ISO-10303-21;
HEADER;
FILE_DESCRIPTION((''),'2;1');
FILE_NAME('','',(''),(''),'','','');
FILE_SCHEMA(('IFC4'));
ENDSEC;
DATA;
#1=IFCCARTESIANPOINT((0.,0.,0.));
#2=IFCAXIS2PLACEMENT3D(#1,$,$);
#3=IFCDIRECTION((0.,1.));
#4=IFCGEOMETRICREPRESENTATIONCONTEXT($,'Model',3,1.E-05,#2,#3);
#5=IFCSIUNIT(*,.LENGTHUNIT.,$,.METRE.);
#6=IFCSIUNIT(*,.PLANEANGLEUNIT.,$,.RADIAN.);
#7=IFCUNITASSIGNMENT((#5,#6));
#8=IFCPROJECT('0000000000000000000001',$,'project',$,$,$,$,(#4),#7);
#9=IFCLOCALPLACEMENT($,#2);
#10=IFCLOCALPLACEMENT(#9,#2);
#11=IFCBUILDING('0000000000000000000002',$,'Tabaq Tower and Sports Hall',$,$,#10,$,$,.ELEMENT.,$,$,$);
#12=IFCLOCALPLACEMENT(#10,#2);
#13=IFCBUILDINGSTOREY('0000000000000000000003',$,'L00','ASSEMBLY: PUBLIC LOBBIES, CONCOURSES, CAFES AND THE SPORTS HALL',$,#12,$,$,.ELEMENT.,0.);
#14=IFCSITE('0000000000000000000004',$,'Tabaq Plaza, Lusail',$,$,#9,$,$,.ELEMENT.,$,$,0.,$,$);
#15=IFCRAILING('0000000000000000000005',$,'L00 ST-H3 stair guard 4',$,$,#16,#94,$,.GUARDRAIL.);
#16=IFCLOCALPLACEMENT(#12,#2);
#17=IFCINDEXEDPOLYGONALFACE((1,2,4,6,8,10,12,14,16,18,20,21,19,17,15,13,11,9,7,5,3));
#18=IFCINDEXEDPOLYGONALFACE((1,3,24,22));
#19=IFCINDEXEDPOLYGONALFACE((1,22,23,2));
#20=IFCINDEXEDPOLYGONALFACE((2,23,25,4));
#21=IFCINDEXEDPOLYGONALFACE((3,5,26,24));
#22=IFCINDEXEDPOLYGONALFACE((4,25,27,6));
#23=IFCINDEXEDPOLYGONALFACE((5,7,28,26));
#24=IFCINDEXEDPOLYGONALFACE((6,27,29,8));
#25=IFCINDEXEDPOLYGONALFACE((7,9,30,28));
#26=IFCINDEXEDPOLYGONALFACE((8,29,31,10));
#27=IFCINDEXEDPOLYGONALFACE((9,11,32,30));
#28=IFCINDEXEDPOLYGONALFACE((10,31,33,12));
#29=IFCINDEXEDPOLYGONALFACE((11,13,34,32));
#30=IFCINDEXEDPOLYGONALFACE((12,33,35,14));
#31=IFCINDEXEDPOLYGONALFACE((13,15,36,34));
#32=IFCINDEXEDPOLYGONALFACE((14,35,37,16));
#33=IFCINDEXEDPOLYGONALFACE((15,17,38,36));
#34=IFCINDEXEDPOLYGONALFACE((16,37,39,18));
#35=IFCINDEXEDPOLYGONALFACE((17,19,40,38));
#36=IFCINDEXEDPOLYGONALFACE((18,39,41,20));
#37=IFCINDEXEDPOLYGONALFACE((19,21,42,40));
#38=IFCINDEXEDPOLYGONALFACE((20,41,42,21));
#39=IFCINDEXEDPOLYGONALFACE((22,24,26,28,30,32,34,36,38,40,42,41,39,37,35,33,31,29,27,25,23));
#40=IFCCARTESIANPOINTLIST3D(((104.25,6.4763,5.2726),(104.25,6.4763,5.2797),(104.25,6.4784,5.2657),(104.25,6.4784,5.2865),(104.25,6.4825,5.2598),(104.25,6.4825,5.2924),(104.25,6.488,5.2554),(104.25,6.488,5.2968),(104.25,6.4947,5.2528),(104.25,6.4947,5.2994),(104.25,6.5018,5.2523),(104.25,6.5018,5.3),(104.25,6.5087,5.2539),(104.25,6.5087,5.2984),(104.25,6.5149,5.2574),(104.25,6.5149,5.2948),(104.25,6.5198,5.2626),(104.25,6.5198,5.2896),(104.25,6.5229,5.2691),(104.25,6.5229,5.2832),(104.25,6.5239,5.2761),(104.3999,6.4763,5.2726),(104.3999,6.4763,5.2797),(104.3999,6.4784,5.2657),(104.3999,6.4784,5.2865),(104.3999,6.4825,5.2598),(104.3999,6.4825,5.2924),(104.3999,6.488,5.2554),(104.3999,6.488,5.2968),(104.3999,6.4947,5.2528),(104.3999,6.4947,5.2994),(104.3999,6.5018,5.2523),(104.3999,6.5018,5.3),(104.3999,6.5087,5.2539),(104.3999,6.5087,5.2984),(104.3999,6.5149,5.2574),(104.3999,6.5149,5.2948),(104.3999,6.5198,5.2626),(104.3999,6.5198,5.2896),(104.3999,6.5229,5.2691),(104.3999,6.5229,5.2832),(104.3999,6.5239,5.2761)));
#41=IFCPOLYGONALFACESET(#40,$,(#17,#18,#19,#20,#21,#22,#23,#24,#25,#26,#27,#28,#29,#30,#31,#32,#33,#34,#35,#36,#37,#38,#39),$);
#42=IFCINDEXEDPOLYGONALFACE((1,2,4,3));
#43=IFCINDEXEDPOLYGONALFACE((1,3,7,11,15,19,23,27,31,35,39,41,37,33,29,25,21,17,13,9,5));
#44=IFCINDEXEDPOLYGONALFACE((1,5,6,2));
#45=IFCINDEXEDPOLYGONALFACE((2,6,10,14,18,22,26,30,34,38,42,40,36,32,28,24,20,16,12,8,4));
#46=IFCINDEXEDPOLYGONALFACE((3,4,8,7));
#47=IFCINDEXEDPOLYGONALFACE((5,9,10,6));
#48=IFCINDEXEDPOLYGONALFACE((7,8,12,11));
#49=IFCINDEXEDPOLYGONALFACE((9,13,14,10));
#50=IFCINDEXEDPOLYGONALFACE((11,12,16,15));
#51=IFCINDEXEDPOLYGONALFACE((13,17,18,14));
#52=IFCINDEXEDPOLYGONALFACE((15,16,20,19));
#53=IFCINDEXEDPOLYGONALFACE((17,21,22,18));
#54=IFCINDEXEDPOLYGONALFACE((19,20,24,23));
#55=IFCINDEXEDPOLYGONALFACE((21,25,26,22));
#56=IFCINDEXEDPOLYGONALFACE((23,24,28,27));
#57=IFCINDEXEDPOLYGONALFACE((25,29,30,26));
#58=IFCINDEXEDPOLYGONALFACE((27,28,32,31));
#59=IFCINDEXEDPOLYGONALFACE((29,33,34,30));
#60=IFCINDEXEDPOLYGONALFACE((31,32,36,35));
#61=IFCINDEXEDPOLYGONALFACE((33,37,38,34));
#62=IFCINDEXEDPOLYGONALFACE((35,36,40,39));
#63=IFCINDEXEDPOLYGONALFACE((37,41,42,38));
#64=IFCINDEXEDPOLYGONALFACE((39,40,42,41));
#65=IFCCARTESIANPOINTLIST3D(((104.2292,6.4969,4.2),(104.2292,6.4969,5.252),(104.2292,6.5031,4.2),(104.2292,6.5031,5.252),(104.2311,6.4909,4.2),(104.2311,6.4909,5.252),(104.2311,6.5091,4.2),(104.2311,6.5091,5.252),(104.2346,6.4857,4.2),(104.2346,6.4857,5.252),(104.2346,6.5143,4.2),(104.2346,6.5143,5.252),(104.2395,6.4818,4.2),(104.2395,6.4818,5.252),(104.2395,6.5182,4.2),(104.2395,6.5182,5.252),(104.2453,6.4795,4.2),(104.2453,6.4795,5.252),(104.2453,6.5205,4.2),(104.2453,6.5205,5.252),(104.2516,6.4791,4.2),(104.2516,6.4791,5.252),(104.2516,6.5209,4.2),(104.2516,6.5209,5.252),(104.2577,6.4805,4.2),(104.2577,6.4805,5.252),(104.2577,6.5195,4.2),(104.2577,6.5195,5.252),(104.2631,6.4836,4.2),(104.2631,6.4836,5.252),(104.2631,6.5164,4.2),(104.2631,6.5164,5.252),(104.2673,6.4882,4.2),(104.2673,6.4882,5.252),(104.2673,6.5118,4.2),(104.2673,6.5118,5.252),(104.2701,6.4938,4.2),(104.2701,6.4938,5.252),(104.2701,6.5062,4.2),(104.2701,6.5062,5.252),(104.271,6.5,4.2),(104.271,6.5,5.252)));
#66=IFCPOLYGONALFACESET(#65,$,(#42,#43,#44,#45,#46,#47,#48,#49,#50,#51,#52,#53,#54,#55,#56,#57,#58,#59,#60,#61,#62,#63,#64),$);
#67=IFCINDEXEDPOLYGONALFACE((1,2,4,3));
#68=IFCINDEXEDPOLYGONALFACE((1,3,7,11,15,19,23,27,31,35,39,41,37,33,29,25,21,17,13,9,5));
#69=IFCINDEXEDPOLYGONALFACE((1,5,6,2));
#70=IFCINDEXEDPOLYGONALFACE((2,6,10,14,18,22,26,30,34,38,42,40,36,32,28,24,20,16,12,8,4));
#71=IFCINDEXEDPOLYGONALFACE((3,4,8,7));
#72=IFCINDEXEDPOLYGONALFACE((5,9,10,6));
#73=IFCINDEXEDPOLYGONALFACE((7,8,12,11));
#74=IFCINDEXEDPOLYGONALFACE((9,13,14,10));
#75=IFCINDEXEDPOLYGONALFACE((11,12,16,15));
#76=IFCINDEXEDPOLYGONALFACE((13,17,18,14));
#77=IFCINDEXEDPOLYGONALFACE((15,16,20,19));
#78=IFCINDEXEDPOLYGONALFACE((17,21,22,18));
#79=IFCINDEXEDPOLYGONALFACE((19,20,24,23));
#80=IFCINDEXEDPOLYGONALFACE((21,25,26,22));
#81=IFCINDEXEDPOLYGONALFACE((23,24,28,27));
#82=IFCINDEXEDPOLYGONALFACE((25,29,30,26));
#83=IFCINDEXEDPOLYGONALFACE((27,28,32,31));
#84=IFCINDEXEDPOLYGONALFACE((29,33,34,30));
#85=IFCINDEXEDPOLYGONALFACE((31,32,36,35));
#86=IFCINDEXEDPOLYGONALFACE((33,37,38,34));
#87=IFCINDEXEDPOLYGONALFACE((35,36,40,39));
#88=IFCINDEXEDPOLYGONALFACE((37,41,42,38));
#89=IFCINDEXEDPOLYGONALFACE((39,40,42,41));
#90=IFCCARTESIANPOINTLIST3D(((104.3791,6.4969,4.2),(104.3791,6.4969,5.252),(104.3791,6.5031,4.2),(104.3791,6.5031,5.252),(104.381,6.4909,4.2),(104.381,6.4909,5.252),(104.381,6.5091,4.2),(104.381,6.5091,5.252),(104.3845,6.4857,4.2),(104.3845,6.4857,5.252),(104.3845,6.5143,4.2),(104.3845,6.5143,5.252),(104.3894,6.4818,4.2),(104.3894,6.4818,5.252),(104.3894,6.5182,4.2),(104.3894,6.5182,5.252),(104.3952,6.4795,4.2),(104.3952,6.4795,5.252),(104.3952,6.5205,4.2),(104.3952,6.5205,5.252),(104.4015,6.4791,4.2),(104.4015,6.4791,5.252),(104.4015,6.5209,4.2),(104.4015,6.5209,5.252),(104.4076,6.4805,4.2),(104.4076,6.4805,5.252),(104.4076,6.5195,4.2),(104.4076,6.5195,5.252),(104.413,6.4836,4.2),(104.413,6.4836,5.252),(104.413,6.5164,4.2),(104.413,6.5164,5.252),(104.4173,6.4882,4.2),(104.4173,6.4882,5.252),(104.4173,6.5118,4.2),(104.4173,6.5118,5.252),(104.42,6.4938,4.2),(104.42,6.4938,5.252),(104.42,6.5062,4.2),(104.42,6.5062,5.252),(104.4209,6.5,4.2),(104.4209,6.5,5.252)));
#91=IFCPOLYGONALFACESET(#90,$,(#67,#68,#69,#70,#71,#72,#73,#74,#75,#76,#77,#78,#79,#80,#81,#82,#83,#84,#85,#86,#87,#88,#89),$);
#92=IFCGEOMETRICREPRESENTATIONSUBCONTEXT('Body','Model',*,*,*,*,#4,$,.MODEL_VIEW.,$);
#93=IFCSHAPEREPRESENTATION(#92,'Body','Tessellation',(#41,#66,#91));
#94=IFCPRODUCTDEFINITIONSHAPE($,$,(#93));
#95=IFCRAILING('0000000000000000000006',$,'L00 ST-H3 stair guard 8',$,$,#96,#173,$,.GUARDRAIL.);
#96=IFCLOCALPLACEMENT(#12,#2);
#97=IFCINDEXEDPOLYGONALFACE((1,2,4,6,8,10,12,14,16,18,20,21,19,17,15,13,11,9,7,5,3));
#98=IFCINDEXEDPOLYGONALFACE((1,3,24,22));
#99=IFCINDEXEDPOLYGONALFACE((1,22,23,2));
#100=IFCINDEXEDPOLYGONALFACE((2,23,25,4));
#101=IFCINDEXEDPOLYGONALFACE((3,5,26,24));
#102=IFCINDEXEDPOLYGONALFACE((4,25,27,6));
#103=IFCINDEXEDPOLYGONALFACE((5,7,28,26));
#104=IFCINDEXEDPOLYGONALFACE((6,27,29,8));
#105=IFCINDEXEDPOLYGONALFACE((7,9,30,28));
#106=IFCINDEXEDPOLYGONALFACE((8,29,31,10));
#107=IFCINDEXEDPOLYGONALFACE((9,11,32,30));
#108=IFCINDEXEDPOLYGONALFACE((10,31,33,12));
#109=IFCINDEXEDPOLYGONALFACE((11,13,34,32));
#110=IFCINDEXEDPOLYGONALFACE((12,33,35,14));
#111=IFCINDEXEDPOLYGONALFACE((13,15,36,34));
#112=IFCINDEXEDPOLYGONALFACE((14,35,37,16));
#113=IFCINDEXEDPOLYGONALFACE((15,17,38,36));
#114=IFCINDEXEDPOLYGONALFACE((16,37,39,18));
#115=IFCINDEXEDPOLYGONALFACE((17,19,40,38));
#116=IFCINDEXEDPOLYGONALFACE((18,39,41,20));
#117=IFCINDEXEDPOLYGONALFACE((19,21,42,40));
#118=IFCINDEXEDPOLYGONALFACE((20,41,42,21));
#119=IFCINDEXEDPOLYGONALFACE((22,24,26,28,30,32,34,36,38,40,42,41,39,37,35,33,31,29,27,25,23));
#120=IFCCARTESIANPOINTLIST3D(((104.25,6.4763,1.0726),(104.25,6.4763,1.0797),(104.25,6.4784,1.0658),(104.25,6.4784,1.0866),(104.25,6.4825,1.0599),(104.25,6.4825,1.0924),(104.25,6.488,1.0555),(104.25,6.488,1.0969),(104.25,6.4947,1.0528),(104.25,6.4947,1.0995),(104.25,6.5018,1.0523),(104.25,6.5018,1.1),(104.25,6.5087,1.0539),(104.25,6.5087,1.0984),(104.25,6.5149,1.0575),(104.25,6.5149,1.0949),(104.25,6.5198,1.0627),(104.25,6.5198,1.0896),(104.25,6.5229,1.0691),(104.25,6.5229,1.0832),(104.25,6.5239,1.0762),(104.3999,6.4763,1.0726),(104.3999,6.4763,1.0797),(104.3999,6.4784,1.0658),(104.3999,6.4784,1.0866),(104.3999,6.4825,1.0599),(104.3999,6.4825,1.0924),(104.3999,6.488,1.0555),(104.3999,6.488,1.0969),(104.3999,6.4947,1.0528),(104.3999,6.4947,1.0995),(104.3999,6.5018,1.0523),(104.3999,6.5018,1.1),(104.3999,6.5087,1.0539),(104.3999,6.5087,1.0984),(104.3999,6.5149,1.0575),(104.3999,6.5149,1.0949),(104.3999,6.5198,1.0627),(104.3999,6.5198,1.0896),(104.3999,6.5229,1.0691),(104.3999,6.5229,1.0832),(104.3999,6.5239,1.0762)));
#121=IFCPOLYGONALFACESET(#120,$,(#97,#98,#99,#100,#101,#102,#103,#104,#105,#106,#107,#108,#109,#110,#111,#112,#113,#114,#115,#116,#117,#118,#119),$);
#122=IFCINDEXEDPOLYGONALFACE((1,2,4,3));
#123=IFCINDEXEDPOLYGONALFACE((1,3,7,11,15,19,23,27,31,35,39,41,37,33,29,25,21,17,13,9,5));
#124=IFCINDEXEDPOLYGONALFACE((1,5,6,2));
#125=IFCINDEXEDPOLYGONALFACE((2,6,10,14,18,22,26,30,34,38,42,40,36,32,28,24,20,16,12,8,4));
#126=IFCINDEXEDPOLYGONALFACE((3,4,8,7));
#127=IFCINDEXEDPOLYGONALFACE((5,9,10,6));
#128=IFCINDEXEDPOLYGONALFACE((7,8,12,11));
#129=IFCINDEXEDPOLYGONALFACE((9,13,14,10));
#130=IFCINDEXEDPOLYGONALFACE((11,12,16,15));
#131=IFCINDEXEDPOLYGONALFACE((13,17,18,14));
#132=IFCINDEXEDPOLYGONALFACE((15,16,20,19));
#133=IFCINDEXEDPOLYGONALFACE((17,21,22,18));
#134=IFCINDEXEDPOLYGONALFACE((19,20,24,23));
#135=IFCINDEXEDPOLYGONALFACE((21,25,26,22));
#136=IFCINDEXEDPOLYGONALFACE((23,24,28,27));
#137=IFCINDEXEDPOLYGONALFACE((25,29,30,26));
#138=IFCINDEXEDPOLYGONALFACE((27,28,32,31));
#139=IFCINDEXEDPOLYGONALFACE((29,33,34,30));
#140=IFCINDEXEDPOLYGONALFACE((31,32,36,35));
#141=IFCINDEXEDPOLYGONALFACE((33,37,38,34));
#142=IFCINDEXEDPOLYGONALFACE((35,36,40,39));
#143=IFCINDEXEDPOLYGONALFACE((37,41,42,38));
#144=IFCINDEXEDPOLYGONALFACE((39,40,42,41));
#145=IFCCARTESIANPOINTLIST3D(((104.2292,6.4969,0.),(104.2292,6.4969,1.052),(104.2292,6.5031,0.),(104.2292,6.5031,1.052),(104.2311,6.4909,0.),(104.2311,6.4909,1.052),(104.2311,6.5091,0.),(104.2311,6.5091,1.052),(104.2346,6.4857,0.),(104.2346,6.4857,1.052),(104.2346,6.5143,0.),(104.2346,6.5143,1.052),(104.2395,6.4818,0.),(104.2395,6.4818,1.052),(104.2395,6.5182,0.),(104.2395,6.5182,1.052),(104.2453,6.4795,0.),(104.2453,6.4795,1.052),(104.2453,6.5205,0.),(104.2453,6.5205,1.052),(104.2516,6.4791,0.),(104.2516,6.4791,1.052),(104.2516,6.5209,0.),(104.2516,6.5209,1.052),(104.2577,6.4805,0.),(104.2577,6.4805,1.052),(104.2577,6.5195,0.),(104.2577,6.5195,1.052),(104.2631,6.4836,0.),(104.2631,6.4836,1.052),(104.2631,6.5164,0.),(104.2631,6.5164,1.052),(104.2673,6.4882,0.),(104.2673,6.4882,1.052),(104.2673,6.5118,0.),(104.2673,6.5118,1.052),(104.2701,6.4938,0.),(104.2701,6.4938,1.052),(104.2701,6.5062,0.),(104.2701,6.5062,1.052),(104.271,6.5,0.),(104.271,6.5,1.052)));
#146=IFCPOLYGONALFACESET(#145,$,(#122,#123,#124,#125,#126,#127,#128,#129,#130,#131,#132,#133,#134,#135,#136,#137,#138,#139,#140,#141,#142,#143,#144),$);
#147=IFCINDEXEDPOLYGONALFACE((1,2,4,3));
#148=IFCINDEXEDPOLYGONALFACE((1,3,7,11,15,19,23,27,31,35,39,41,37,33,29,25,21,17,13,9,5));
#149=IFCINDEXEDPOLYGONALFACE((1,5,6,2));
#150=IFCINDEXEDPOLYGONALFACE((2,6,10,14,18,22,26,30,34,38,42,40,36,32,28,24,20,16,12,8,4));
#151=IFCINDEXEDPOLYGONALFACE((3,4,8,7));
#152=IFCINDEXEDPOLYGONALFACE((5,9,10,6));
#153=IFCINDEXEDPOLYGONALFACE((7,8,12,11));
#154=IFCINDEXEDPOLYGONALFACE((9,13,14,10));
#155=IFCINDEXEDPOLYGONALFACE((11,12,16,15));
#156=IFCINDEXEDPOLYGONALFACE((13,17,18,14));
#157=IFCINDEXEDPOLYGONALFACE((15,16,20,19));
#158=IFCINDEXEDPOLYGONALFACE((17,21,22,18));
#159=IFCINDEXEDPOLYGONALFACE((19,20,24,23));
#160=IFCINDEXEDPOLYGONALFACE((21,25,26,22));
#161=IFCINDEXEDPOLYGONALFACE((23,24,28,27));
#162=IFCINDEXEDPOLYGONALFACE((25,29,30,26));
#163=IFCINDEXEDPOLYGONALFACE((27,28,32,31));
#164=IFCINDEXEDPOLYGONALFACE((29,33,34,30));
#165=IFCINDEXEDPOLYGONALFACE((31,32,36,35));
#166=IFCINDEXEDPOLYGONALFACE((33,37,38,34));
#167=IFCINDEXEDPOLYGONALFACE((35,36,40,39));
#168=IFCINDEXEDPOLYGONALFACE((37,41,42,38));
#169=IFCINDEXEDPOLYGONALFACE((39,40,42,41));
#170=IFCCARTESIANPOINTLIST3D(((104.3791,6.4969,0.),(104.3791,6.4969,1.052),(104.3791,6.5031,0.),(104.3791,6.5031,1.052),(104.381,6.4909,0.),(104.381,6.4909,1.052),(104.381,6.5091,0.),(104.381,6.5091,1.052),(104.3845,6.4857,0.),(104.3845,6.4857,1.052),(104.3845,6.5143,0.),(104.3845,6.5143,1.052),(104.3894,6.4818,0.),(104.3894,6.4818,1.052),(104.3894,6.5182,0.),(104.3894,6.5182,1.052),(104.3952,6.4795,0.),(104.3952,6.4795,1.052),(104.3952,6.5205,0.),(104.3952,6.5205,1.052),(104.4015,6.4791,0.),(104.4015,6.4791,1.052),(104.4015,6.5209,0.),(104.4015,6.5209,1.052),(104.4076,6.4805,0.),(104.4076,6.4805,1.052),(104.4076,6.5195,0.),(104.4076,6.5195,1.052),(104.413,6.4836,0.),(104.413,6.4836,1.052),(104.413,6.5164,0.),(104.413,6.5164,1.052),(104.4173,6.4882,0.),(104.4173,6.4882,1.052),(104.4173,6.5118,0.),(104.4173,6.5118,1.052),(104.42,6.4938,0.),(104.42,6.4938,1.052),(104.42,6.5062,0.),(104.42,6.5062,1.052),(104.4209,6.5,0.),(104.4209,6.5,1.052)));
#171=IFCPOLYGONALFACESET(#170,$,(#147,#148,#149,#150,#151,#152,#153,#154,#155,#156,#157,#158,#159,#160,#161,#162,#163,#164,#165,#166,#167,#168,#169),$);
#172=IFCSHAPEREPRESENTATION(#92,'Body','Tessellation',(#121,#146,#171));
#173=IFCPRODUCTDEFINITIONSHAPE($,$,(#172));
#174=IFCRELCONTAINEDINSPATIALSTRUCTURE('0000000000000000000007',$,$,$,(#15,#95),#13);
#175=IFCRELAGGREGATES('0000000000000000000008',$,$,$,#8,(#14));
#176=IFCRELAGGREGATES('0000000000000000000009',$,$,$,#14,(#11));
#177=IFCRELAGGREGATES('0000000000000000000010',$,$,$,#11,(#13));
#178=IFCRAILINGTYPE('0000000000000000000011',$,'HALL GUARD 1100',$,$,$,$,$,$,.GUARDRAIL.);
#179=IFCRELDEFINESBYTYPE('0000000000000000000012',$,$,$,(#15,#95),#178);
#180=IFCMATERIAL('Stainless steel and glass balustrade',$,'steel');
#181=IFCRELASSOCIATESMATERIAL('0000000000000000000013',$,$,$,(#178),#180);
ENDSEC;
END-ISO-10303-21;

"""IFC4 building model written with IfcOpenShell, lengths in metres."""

from ifc_helpers import new_model, si_unit, direction, frame, origin, origin_2d, place, context, subcontext, project, spatial, circle, extrude, material, type_object, element, save


model = new_model("IFC4")

# Units and contexts
model_context = context("Model", 3, precision=1e-05, world=origin(), true_north=direction((0.0, 1.0)))
body_context = subcontext(model_context, "Body", "Model", "MODEL_VIEW")
ifc_project = project(units=[si_unit("LENGTHUNIT", "METRE"), si_unit("PLANEANGLEUNIT", "RADIAN")], contexts=[model_context])

# Site, building, storey
site_placement = place(None, origin())
site = spatial("IfcSite", under=ifc_project, at=site_placement, Name="Tabaq Plaza, Lusail", CompositionType="ELEMENT", RefElevation=0.0)
building_placement = place(site_placement, origin())
building = spatial("IfcBuilding", under=site, at=building_placement, Name="Tabaq Tower and Sports Hall", CompositionType="ELEMENT")
storey_placement = place(building_placement, origin())
storey = spatial("IfcBuildingStorey", under=building, at=storey_placement, Name="L00", Description="ASSEMBLY: PUBLIC LOBBIES, CONCOURSES, CAFES AND THE SPORTS HALL", CompositionType="ELEMENT", Elevation=0.0)

# Railings
ifc_material_1 = material(Name="Stainless steel and glass balustrade", Category="steel")
railing_type = type_object("IfcRailingType", Name="HALL GUARD 1100", PredefinedType="GUARDRAIL", material=ifc_material_1)
for number, where, name in (
    (1, (104.25, 6.5, 4.2), "L00 ST-H3 stair guard 4"),
    (2, (104.25, 6.5, 0.0), "L00 ST-H3 stair guard 8"),
):
    element("IfcRailing", number, at=place(storey_placement, frame(where)), inside=storey, type_object=railing_type, Name=name, PredefinedType="GUARDRAIL", context=body_context, shape_type="SweptSolid", body=[
        extrude(circle(Radius=0.0239, at=origin_2d()), frame((0.0, 0.0, 1.0762), z_axis=(1.0, 0.0, 0.0), x_axis=(0.0, 1.0, 0.0)), (0.0, 0.0, 1.0), 0.1499),
        extrude(circle(Radius=0.021, at=origin_2d()), origin(), (0.0, 0.0, 1.0), 1.052),
        extrude(circle(Radius=0.021, at=origin_2d()), frame((0.1499, 0.0, 0.0)), (0.0, 0.0, 1.0), 1.052),
    ])

save(model, "model.ifc")
